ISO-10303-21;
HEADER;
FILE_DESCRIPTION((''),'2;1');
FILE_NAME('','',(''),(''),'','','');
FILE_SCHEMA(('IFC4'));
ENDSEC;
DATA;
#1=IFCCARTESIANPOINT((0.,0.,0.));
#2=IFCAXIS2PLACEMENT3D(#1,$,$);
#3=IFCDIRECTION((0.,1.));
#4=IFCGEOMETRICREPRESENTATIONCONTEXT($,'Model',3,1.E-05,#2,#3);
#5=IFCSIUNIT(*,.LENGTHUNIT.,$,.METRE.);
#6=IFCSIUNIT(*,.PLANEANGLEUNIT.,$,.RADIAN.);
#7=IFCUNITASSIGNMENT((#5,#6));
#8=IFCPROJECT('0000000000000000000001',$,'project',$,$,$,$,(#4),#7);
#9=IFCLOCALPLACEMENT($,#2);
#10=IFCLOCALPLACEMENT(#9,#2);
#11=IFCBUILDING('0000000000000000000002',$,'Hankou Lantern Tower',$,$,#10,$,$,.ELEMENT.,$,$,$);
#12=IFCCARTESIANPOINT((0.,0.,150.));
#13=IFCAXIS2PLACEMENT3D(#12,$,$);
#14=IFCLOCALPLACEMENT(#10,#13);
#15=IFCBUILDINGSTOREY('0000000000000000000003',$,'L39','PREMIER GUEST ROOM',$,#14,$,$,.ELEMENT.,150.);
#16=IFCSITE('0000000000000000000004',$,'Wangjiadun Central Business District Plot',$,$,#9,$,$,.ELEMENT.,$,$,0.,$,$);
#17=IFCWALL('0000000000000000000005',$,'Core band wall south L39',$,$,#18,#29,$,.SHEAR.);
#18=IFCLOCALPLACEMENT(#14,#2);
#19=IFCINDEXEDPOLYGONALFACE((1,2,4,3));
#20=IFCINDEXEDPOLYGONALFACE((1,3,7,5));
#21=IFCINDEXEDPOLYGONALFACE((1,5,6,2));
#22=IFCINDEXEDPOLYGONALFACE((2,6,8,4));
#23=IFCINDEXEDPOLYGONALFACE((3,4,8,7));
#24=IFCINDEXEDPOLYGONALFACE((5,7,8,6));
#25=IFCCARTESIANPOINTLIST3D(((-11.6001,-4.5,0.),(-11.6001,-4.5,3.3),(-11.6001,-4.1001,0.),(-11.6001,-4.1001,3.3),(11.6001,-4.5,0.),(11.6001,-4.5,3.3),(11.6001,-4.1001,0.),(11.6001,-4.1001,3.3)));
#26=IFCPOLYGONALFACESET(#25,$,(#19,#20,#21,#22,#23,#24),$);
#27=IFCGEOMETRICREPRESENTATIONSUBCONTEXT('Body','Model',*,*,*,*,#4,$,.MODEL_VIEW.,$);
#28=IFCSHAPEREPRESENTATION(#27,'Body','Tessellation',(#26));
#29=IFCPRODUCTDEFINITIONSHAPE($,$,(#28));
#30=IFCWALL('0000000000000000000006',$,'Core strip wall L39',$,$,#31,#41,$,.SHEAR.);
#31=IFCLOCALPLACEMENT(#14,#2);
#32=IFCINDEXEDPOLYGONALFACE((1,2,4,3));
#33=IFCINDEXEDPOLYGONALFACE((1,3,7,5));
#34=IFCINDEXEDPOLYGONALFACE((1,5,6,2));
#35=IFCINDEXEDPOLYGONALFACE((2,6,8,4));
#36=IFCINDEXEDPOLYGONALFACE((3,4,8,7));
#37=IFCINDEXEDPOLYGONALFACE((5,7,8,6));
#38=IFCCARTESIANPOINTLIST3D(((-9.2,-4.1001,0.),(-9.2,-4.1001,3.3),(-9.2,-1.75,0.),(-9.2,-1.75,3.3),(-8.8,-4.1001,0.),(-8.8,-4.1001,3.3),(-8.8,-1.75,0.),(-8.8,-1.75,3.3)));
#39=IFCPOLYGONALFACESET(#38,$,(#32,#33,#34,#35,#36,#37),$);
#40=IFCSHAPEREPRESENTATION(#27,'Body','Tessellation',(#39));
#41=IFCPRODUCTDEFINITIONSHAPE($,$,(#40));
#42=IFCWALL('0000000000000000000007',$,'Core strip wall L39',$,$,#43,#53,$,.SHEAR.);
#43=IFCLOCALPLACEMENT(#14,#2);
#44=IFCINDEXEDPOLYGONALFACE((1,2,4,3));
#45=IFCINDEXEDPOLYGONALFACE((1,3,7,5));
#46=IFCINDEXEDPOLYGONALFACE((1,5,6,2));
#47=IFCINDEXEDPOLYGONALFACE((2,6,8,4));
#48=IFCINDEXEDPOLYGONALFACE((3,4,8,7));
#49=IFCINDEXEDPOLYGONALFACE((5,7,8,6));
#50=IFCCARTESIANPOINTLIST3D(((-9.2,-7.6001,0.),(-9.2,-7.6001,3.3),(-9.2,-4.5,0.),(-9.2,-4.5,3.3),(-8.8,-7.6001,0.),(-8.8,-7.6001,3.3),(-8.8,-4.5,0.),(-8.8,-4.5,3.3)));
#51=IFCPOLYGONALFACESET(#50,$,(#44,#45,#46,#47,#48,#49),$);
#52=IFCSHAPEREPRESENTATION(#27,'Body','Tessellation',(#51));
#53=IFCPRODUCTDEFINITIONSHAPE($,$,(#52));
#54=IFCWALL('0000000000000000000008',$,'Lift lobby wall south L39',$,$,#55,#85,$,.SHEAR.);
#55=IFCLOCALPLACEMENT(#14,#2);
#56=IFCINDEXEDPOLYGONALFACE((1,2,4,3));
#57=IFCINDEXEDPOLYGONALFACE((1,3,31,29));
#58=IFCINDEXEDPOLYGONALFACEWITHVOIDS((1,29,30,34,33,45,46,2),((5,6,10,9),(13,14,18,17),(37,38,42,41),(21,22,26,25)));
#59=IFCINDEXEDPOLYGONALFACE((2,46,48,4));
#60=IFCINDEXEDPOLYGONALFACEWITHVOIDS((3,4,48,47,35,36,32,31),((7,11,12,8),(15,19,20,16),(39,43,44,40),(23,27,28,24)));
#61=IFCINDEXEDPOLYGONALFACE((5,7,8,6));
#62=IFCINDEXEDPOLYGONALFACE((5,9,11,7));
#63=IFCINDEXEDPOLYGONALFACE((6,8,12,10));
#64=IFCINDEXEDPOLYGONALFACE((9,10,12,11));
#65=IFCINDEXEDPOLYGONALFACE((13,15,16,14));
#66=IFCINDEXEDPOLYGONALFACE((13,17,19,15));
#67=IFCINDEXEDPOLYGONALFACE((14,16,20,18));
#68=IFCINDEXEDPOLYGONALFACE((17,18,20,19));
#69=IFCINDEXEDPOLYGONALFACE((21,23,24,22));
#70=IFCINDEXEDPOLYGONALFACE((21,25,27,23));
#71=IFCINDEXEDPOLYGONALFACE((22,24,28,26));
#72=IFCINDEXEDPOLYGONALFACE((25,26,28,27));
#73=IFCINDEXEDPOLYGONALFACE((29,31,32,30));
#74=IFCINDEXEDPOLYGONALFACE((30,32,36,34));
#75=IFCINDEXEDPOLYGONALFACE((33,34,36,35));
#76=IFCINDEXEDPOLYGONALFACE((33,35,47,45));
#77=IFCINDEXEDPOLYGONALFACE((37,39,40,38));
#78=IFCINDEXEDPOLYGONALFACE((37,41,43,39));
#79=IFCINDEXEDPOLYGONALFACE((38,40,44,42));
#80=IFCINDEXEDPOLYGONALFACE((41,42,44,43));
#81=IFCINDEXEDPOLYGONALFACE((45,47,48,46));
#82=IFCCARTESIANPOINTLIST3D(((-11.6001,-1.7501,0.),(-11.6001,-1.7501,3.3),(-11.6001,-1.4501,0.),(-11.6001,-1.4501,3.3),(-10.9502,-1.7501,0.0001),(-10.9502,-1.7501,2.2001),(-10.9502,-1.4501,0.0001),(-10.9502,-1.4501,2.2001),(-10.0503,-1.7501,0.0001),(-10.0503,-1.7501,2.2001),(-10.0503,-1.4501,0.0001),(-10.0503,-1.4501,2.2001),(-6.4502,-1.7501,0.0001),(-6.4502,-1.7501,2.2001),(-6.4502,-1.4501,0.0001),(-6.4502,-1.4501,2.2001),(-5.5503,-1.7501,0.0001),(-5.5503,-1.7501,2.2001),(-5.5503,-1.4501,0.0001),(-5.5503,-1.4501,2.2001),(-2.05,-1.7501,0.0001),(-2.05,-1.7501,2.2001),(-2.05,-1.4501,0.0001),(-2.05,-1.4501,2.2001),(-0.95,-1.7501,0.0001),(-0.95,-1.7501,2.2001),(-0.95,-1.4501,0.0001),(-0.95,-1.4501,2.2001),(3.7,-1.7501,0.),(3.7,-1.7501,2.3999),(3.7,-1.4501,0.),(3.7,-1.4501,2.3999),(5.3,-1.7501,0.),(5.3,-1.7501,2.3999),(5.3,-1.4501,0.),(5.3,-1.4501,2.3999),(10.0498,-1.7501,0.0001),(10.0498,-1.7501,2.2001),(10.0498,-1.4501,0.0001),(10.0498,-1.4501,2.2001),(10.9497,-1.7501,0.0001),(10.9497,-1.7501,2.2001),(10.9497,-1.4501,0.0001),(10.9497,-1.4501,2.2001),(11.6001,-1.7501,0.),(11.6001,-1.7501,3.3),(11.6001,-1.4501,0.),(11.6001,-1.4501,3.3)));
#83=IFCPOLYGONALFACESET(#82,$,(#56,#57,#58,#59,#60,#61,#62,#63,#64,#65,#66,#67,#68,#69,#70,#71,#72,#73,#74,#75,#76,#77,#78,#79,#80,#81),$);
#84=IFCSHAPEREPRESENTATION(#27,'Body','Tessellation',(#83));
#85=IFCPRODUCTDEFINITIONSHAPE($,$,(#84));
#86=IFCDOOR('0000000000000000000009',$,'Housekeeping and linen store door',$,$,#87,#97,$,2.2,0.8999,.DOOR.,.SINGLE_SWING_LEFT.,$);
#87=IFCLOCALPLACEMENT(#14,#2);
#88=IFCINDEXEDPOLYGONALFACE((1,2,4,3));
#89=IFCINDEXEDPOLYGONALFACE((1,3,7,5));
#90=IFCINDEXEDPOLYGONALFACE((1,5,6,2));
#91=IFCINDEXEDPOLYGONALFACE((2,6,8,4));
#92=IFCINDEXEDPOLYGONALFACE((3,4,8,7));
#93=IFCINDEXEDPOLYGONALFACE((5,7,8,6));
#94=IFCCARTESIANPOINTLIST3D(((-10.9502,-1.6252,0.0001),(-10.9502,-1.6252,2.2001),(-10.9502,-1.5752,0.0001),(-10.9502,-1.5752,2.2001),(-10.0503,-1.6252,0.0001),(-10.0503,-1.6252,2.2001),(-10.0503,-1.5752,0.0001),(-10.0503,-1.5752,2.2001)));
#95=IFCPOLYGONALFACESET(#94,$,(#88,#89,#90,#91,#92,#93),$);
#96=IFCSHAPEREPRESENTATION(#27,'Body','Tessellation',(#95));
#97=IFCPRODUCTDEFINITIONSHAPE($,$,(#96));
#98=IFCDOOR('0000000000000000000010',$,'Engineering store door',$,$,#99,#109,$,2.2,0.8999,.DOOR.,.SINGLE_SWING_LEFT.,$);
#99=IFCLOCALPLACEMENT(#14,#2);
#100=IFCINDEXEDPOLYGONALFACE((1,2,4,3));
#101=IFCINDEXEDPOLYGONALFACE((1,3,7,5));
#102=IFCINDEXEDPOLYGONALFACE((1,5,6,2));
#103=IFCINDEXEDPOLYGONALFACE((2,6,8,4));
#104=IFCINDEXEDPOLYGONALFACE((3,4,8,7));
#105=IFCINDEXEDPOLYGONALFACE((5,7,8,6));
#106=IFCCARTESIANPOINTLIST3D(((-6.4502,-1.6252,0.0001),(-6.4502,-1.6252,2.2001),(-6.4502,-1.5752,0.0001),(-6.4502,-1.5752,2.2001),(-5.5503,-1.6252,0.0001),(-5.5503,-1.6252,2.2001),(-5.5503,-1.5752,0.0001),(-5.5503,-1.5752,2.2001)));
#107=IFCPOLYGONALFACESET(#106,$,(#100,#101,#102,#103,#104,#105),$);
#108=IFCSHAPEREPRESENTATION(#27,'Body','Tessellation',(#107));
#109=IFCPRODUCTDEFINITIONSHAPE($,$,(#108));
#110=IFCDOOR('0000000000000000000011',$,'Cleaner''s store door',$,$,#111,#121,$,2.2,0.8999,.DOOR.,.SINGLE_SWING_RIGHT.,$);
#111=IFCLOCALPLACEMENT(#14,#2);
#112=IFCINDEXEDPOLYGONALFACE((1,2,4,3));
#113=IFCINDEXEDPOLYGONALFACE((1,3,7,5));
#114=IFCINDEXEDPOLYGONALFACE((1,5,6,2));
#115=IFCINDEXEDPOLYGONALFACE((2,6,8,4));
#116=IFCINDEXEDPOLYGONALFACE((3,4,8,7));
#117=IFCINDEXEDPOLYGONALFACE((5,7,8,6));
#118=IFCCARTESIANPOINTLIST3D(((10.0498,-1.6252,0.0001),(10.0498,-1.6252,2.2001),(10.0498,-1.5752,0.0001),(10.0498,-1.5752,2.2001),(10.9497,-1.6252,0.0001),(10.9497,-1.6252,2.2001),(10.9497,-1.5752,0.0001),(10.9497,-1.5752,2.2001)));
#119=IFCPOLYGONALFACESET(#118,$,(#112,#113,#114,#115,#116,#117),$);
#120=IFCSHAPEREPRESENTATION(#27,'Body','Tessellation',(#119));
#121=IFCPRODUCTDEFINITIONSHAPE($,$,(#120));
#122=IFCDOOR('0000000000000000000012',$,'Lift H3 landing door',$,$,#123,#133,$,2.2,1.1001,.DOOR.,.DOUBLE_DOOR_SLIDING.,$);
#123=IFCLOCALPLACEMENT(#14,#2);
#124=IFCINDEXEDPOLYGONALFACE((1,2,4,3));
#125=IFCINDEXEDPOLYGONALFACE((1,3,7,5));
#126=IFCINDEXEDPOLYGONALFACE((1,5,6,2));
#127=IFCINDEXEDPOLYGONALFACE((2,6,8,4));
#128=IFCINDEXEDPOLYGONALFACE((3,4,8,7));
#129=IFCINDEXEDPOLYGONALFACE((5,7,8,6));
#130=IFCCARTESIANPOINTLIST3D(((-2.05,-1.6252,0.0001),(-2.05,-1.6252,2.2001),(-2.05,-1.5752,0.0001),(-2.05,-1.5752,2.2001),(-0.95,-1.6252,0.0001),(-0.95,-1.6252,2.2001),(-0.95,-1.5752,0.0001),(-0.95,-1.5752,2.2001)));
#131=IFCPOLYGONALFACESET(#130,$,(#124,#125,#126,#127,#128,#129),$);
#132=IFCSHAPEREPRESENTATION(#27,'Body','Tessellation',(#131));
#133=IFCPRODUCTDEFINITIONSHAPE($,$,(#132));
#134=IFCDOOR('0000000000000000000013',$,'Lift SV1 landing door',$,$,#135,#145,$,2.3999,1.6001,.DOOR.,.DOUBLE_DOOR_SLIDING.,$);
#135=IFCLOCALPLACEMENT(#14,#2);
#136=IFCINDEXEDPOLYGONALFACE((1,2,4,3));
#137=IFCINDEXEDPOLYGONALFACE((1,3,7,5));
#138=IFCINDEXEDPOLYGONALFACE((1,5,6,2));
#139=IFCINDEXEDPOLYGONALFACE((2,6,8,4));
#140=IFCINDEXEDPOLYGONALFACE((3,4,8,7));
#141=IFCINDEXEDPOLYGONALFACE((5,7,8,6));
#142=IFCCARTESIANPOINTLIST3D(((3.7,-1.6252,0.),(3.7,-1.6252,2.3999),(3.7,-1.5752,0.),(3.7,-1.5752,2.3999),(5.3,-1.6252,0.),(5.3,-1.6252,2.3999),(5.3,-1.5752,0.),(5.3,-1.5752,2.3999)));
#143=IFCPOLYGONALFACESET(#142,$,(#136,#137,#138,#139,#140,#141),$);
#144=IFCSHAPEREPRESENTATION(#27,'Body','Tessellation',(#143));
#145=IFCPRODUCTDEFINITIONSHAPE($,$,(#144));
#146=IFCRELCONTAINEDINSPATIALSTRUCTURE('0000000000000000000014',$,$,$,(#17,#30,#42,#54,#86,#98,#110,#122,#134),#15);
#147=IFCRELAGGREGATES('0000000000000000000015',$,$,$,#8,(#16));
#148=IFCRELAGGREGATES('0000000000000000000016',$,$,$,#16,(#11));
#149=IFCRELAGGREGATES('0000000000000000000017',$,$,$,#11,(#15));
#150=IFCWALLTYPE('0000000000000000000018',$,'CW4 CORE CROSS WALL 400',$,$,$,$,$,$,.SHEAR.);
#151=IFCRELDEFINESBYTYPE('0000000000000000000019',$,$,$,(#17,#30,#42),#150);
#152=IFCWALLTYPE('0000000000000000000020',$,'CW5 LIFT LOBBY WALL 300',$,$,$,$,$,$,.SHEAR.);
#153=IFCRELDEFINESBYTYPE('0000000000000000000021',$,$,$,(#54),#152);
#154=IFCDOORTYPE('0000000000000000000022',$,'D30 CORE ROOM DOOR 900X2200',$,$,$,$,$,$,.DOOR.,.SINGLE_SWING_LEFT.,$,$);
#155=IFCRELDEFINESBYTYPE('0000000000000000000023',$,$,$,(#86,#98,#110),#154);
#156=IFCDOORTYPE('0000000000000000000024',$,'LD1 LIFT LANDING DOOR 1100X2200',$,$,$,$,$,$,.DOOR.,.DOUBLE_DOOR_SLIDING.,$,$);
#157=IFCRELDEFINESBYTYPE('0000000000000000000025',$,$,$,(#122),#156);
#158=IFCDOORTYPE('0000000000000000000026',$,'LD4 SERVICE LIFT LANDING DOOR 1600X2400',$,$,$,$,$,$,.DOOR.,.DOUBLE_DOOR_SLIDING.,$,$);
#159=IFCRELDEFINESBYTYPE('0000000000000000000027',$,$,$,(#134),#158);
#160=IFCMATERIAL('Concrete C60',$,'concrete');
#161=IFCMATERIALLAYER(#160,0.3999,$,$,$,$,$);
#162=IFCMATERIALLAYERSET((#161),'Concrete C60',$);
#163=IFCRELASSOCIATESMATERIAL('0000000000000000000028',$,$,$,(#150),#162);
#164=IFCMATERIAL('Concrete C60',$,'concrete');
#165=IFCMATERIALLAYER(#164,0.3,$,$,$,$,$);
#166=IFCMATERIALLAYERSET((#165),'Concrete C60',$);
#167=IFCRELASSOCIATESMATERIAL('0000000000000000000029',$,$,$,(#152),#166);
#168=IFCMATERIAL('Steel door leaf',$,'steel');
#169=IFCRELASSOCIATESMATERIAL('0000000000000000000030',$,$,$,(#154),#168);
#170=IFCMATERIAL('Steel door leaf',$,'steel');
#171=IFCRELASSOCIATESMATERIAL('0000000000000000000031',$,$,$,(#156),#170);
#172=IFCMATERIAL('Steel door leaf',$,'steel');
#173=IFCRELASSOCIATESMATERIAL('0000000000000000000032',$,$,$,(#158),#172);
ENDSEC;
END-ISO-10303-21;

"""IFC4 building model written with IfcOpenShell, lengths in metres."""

from ifc_helpers import new_model, si_unit, direction, frame, frame_2d, origin, place, context, subcontext, project, spatial, rectangle, extrude, material, layer, layer_set, type_object, element, fill, save


model = new_model("IFC4")

# Units and contexts
model_context = context("Model", 3, precision=1e-05, world=origin(), true_north=direction((0.0, 1.0)))
body_context = subcontext(model_context, "Body", "Model", "MODEL_VIEW")
ifc_project = project(units=[si_unit("LENGTHUNIT", "METRE"), si_unit("PLANEANGLEUNIT", "RADIAN")], contexts=[model_context])

# Site, building, storey
site_placement = place(None, origin())
site = spatial("IfcSite", under=ifc_project, at=site_placement, Name="Wangjiadun Central Business District Plot", CompositionType="ELEMENT", RefElevation=0.0)
building_placement = place(site_placement, origin())
building = spatial("IfcBuilding", under=site, at=building_placement, Name="Hankou Lantern Tower", CompositionType="ELEMENT")
storey_placement = place(building_placement, frame((0.0, 0.0, 150.0)))
storey = spatial("IfcBuildingStorey", under=building, at=storey_placement, Name="L39", Description="PREMIER GUEST ROOM", CompositionType="ELEMENT", Elevation=150.0)

# Walls
ifc_material_1 = material(Name="Concrete C60", Category="concrete")
ifc_layer_1 = layer(ifc_material_1, 0.3999)
ifc_layer_set_1 = layer_set([ifc_layer_1], Name="Concrete C60")
wall_type_1 = type_object("IfcWallType", Name="CW4 CORE CROSS WALL 400", PredefinedType="SHEAR", material=ifc_layer_set_1)
wall_1_placement = place(storey_placement, frame((-11.6001, -4.3, 0.0), z_axis=(0.0, 0.0, 1.0), x_axis=(1.0, 0.0, 0.0)))
element("IfcWall", 1, at=wall_1_placement, inside=storey, type_object=wall_type_1, Name="Core band wall south L39", PredefinedType="SHEAR", context=body_context, shape_type="SweptSolid", body=[
    extrude(rectangle(XDim=23.2002, YDim=0.3999, at=frame_2d((11.6001, 0.0))), origin(), (0.0, 0.0, 1.0), 3.3),
])
wall_2_placement = place(storey_placement, frame((-9.0, -4.1001, 0.0), z_axis=(0.0, 0.0, 1.0), x_axis=(0.0, 1.0, 0.0)))
element("IfcWall", 2, at=wall_2_placement, inside=storey, type_object=wall_type_1, Name="Core strip wall L39", PredefinedType="SHEAR", context=body_context, shape_type="SweptSolid", body=[
    extrude(rectangle(XDim=2.3501, YDim=0.3999, at=frame_2d((1.175, 0.0))), origin(), (0.0, 0.0, 1.0), 3.3),
])
wall_3_placement = place(storey_placement, frame((-9.0, -7.6001, 0.0), z_axis=(0.0, 0.0, 1.0), x_axis=(0.0, 1.0, 0.0)))
element("IfcWall", 3, at=wall_3_placement, inside=storey, type_object=wall_type_1, Name="Core strip wall L39", PredefinedType="SHEAR", context=body_context, shape_type="SweptSolid", body=[
    extrude(rectangle(XDim=3.1001, YDim=0.3999, at=frame_2d((1.55, 0.0))), origin(), (0.0, 0.0, 1.0), 3.3),
])

# Wall, openings, doors
ifc_material_2 = material(Name="Concrete C60", Category="concrete")
ifc_layer_2 = layer(ifc_material_2, 0.3)
ifc_layer_set_2 = layer_set([ifc_layer_2], Name="Concrete C60")
wall_type_2 = type_object("IfcWallType", Name="CW5 LIFT LOBBY WALL 300", PredefinedType="SHEAR", material=ifc_layer_set_2)
wall_4_placement = place(storey_placement, frame((-11.6001, -1.6001, 0.0), z_axis=(0.0, 0.0, 1.0), x_axis=(1.0, 0.0, 0.0)))
wall_4 = element("IfcWall", 4, at=wall_4_placement, inside=storey, type_object=wall_type_2, Name="Lift lobby wall south L39", PredefinedType="SHEAR", context=body_context, shape_type="SweptSolid", body=[
    extrude(rectangle(XDim=23.2002, YDim=0.3, at=frame_2d((11.6001, 0.0))), origin(), (0.0, 0.0, 1.0), 3.3),
])
opening_1_placement = place(wall_4_placement, frame((9.55, 0.0, 0.0)))
opening_1 = element("IfcOpeningElement", 5, at=opening_1_placement, cuts=wall_4, PredefinedType="OPENING", context=body_context, shape_type="SweptSolid", body=[
    extrude(rectangle(XDim=1.1001, YDim=2.2, at=frame_2d((0.55, 1.1001))), frame((0.0, 0.1599, 0.0), z_axis=(0.0, -1.0, 0.0), x_axis=(1.0, 0.0, 0.0)), (0.0, 0.0, 1.0), 0.3201),
])
opening_2_placement = place(wall_4_placement, frame((15.3, 0.0, 0.0)))
opening_2 = element("IfcOpeningElement", 6, at=opening_2_placement, cuts=wall_4, PredefinedType="OPENING", context=body_context, shape_type="SweptSolid", body=[
    extrude(rectangle(XDim=1.6001, YDim=2.3999, at=frame_2d((0.8, 1.2))), frame((0.0, 0.1599, 0.0), z_axis=(0.0, -1.0, 0.0), x_axis=(1.0, 0.0, 0.0)), (0.0, 0.0, 1.0), 0.3201),
])
opening_3_placement = place(wall_4_placement, frame((0.6499, 0.0, 0.0)))
opening_3 = element("IfcOpeningElement", 7, at=opening_3_placement, cuts=wall_4, PredefinedType="OPENING", context=body_context, shape_type="SweptSolid", body=[
    extrude(rectangle(XDim=0.8999, YDim=2.2, at=frame_2d((0.45, 1.1001))), frame((0.0, 0.1599, 0.0), z_axis=(0.0, -1.0, 0.0), x_axis=(1.0, 0.0, 0.0)), (0.0, 0.0, 1.0), 0.3201),
])
opening_4_placement = place(wall_4_placement, frame((5.1499, 0.0, 0.0)))
opening_4 = element("IfcOpeningElement", 8, at=opening_4_placement, cuts=wall_4, PredefinedType="OPENING", context=body_context, shape_type="SweptSolid", body=[
    extrude(rectangle(XDim=0.8999, YDim=2.2, at=frame_2d((0.45, 1.1001))), frame((0.0, 0.1599, 0.0), z_axis=(0.0, -1.0, 0.0), x_axis=(1.0, 0.0, 0.0)), (0.0, 0.0, 1.0), 0.3201),
])
opening_5_placement = place(wall_4_placement, frame((21.6499, 0.0, 0.0)))
opening_5 = element("IfcOpeningElement", 9, at=opening_5_placement, cuts=wall_4, PredefinedType="OPENING", context=body_context, shape_type="SweptSolid", body=[
    extrude(rectangle(XDim=0.8999, YDim=2.2, at=frame_2d((0.45, 1.1001))), frame((0.0, 0.1599, 0.0), z_axis=(0.0, -1.0, 0.0), x_axis=(1.0, 0.0, 0.0)), (0.0, 0.0, 1.0), 0.3201),
])
ifc_material_3 = material(Name="Steel door leaf", Category="steel")
door_type_1 = type_object("IfcDoorType", Name="D30 CORE ROOM DOOR 900X2200", OperationType="SINGLE_SWING_LEFT", PredefinedType="DOOR", material=ifc_material_3)
door_1_placement = place(opening_3_placement, origin())
door_1 = element("IfcDoor", 10, at=door_1_placement, inside=storey, type_object=door_type_1, Name="Housekeeping and linen store door", OperationType="SINGLE_SWING_LEFT", OverallHeight=2.2, OverallWidth=0.8999, PredefinedType="DOOR", context=body_context, shape_type="SweptSolid", body=[
    extrude(rectangle(XDim=0.8999, YDim=2.2, at=frame_2d((0.45, 1.1001))), frame((0.0, 0.0249, 0.0), z_axis=(0.0, -1.0, 0.0), x_axis=(1.0, 0.0, 0.0)), (0.0, 0.0, 1.0), 0.05),
])
fill(opening_3, door_1)
door_2_placement = place(opening_4_placement, origin())
door_2 = element("IfcDoor", 11, at=door_2_placement, inside=storey, type_object=door_type_1, Name="Engineering store door", OperationType="SINGLE_SWING_LEFT", OverallHeight=2.2, OverallWidth=0.8999, PredefinedType="DOOR", context=body_context, shape_type="SweptSolid", body=[
    extrude(rectangle(XDim=0.8999, YDim=2.2, at=frame_2d((0.45, 1.1001))), frame((0.0, 0.0249, 0.0), z_axis=(0.0, -1.0, 0.0), x_axis=(1.0, 0.0, 0.0)), (0.0, 0.0, 1.0), 0.05),
])
fill(opening_4, door_2)
door_3_placement = place(opening_5_placement, origin())
door_3 = element("IfcDoor", 12, at=door_3_placement, inside=storey, type_object=door_type_1, Name="Cleaner's store door", OperationType="SINGLE_SWING_RIGHT", OverallHeight=2.2, OverallWidth=0.8999, PredefinedType="DOOR", context=body_context, shape_type="SweptSolid", body=[
    extrude(rectangle(XDim=0.8999, YDim=2.2, at=frame_2d((0.45, 1.1001))), frame((0.0, 0.0249, 0.0), z_axis=(0.0, -1.0, 0.0), x_axis=(1.0, 0.0, 0.0)), (0.0, 0.0, 1.0), 0.05),
])
fill(opening_5, door_3)
ifc_material_4 = material(Name="Steel door leaf", Category="steel")
door_type_2 = type_object("IfcDoorType", Name="LD1 LIFT LANDING DOOR 1100X2200", OperationType="DOUBLE_DOOR_SLIDING", PredefinedType="DOOR", material=ifc_material_4)
door_4_placement = place(opening_1_placement, origin())
door_4 = element("IfcDoor", 13, at=door_4_placement, inside=storey, type_object=door_type_2, Name="Lift H3 landing door", OperationType="DOUBLE_DOOR_SLIDING", OverallHeight=2.2, OverallWidth=1.1001, PredefinedType="DOOR", context=body_context, shape_type="SweptSolid", body=[
    extrude(rectangle(XDim=1.1001, YDim=2.2, at=frame_2d((0.55, 1.1001))), frame((0.0, 0.0249, 0.0), z_axis=(0.0, -1.0, 0.0), x_axis=(1.0, 0.0, 0.0)), (0.0, 0.0, 1.0), 0.05),
])
fill(opening_1, door_4)
ifc_material_5 = material(Name="Steel door leaf", Category="steel")
door_type_3 = type_object("IfcDoorType", Name="LD4 SERVICE LIFT LANDING DOOR 1600X2400", OperationType="DOUBLE_DOOR_SLIDING", PredefinedType="DOOR", material=ifc_material_5)
door_5_placement = place(opening_2_placement, origin())
door_5 = element("IfcDoor", 14, at=door_5_placement, inside=storey, type_object=door_type_3, Name="Lift SV1 landing door", OperationType="DOUBLE_DOOR_SLIDING", OverallHeight=2.3999, OverallWidth=1.6001, PredefinedType="DOOR", context=body_context, shape_type="SweptSolid", body=[
    extrude(rectangle(XDim=1.6001, YDim=2.3999, at=frame_2d((0.8, 1.2))), frame((0.0, 0.0249, 0.0), z_axis=(0.0, -1.0, 0.0), x_axis=(1.0, 0.0, 0.0)), (0.0, 0.0, 1.0), 0.05),
])
fill(opening_2, door_5)

save(model, "model.ifc")
